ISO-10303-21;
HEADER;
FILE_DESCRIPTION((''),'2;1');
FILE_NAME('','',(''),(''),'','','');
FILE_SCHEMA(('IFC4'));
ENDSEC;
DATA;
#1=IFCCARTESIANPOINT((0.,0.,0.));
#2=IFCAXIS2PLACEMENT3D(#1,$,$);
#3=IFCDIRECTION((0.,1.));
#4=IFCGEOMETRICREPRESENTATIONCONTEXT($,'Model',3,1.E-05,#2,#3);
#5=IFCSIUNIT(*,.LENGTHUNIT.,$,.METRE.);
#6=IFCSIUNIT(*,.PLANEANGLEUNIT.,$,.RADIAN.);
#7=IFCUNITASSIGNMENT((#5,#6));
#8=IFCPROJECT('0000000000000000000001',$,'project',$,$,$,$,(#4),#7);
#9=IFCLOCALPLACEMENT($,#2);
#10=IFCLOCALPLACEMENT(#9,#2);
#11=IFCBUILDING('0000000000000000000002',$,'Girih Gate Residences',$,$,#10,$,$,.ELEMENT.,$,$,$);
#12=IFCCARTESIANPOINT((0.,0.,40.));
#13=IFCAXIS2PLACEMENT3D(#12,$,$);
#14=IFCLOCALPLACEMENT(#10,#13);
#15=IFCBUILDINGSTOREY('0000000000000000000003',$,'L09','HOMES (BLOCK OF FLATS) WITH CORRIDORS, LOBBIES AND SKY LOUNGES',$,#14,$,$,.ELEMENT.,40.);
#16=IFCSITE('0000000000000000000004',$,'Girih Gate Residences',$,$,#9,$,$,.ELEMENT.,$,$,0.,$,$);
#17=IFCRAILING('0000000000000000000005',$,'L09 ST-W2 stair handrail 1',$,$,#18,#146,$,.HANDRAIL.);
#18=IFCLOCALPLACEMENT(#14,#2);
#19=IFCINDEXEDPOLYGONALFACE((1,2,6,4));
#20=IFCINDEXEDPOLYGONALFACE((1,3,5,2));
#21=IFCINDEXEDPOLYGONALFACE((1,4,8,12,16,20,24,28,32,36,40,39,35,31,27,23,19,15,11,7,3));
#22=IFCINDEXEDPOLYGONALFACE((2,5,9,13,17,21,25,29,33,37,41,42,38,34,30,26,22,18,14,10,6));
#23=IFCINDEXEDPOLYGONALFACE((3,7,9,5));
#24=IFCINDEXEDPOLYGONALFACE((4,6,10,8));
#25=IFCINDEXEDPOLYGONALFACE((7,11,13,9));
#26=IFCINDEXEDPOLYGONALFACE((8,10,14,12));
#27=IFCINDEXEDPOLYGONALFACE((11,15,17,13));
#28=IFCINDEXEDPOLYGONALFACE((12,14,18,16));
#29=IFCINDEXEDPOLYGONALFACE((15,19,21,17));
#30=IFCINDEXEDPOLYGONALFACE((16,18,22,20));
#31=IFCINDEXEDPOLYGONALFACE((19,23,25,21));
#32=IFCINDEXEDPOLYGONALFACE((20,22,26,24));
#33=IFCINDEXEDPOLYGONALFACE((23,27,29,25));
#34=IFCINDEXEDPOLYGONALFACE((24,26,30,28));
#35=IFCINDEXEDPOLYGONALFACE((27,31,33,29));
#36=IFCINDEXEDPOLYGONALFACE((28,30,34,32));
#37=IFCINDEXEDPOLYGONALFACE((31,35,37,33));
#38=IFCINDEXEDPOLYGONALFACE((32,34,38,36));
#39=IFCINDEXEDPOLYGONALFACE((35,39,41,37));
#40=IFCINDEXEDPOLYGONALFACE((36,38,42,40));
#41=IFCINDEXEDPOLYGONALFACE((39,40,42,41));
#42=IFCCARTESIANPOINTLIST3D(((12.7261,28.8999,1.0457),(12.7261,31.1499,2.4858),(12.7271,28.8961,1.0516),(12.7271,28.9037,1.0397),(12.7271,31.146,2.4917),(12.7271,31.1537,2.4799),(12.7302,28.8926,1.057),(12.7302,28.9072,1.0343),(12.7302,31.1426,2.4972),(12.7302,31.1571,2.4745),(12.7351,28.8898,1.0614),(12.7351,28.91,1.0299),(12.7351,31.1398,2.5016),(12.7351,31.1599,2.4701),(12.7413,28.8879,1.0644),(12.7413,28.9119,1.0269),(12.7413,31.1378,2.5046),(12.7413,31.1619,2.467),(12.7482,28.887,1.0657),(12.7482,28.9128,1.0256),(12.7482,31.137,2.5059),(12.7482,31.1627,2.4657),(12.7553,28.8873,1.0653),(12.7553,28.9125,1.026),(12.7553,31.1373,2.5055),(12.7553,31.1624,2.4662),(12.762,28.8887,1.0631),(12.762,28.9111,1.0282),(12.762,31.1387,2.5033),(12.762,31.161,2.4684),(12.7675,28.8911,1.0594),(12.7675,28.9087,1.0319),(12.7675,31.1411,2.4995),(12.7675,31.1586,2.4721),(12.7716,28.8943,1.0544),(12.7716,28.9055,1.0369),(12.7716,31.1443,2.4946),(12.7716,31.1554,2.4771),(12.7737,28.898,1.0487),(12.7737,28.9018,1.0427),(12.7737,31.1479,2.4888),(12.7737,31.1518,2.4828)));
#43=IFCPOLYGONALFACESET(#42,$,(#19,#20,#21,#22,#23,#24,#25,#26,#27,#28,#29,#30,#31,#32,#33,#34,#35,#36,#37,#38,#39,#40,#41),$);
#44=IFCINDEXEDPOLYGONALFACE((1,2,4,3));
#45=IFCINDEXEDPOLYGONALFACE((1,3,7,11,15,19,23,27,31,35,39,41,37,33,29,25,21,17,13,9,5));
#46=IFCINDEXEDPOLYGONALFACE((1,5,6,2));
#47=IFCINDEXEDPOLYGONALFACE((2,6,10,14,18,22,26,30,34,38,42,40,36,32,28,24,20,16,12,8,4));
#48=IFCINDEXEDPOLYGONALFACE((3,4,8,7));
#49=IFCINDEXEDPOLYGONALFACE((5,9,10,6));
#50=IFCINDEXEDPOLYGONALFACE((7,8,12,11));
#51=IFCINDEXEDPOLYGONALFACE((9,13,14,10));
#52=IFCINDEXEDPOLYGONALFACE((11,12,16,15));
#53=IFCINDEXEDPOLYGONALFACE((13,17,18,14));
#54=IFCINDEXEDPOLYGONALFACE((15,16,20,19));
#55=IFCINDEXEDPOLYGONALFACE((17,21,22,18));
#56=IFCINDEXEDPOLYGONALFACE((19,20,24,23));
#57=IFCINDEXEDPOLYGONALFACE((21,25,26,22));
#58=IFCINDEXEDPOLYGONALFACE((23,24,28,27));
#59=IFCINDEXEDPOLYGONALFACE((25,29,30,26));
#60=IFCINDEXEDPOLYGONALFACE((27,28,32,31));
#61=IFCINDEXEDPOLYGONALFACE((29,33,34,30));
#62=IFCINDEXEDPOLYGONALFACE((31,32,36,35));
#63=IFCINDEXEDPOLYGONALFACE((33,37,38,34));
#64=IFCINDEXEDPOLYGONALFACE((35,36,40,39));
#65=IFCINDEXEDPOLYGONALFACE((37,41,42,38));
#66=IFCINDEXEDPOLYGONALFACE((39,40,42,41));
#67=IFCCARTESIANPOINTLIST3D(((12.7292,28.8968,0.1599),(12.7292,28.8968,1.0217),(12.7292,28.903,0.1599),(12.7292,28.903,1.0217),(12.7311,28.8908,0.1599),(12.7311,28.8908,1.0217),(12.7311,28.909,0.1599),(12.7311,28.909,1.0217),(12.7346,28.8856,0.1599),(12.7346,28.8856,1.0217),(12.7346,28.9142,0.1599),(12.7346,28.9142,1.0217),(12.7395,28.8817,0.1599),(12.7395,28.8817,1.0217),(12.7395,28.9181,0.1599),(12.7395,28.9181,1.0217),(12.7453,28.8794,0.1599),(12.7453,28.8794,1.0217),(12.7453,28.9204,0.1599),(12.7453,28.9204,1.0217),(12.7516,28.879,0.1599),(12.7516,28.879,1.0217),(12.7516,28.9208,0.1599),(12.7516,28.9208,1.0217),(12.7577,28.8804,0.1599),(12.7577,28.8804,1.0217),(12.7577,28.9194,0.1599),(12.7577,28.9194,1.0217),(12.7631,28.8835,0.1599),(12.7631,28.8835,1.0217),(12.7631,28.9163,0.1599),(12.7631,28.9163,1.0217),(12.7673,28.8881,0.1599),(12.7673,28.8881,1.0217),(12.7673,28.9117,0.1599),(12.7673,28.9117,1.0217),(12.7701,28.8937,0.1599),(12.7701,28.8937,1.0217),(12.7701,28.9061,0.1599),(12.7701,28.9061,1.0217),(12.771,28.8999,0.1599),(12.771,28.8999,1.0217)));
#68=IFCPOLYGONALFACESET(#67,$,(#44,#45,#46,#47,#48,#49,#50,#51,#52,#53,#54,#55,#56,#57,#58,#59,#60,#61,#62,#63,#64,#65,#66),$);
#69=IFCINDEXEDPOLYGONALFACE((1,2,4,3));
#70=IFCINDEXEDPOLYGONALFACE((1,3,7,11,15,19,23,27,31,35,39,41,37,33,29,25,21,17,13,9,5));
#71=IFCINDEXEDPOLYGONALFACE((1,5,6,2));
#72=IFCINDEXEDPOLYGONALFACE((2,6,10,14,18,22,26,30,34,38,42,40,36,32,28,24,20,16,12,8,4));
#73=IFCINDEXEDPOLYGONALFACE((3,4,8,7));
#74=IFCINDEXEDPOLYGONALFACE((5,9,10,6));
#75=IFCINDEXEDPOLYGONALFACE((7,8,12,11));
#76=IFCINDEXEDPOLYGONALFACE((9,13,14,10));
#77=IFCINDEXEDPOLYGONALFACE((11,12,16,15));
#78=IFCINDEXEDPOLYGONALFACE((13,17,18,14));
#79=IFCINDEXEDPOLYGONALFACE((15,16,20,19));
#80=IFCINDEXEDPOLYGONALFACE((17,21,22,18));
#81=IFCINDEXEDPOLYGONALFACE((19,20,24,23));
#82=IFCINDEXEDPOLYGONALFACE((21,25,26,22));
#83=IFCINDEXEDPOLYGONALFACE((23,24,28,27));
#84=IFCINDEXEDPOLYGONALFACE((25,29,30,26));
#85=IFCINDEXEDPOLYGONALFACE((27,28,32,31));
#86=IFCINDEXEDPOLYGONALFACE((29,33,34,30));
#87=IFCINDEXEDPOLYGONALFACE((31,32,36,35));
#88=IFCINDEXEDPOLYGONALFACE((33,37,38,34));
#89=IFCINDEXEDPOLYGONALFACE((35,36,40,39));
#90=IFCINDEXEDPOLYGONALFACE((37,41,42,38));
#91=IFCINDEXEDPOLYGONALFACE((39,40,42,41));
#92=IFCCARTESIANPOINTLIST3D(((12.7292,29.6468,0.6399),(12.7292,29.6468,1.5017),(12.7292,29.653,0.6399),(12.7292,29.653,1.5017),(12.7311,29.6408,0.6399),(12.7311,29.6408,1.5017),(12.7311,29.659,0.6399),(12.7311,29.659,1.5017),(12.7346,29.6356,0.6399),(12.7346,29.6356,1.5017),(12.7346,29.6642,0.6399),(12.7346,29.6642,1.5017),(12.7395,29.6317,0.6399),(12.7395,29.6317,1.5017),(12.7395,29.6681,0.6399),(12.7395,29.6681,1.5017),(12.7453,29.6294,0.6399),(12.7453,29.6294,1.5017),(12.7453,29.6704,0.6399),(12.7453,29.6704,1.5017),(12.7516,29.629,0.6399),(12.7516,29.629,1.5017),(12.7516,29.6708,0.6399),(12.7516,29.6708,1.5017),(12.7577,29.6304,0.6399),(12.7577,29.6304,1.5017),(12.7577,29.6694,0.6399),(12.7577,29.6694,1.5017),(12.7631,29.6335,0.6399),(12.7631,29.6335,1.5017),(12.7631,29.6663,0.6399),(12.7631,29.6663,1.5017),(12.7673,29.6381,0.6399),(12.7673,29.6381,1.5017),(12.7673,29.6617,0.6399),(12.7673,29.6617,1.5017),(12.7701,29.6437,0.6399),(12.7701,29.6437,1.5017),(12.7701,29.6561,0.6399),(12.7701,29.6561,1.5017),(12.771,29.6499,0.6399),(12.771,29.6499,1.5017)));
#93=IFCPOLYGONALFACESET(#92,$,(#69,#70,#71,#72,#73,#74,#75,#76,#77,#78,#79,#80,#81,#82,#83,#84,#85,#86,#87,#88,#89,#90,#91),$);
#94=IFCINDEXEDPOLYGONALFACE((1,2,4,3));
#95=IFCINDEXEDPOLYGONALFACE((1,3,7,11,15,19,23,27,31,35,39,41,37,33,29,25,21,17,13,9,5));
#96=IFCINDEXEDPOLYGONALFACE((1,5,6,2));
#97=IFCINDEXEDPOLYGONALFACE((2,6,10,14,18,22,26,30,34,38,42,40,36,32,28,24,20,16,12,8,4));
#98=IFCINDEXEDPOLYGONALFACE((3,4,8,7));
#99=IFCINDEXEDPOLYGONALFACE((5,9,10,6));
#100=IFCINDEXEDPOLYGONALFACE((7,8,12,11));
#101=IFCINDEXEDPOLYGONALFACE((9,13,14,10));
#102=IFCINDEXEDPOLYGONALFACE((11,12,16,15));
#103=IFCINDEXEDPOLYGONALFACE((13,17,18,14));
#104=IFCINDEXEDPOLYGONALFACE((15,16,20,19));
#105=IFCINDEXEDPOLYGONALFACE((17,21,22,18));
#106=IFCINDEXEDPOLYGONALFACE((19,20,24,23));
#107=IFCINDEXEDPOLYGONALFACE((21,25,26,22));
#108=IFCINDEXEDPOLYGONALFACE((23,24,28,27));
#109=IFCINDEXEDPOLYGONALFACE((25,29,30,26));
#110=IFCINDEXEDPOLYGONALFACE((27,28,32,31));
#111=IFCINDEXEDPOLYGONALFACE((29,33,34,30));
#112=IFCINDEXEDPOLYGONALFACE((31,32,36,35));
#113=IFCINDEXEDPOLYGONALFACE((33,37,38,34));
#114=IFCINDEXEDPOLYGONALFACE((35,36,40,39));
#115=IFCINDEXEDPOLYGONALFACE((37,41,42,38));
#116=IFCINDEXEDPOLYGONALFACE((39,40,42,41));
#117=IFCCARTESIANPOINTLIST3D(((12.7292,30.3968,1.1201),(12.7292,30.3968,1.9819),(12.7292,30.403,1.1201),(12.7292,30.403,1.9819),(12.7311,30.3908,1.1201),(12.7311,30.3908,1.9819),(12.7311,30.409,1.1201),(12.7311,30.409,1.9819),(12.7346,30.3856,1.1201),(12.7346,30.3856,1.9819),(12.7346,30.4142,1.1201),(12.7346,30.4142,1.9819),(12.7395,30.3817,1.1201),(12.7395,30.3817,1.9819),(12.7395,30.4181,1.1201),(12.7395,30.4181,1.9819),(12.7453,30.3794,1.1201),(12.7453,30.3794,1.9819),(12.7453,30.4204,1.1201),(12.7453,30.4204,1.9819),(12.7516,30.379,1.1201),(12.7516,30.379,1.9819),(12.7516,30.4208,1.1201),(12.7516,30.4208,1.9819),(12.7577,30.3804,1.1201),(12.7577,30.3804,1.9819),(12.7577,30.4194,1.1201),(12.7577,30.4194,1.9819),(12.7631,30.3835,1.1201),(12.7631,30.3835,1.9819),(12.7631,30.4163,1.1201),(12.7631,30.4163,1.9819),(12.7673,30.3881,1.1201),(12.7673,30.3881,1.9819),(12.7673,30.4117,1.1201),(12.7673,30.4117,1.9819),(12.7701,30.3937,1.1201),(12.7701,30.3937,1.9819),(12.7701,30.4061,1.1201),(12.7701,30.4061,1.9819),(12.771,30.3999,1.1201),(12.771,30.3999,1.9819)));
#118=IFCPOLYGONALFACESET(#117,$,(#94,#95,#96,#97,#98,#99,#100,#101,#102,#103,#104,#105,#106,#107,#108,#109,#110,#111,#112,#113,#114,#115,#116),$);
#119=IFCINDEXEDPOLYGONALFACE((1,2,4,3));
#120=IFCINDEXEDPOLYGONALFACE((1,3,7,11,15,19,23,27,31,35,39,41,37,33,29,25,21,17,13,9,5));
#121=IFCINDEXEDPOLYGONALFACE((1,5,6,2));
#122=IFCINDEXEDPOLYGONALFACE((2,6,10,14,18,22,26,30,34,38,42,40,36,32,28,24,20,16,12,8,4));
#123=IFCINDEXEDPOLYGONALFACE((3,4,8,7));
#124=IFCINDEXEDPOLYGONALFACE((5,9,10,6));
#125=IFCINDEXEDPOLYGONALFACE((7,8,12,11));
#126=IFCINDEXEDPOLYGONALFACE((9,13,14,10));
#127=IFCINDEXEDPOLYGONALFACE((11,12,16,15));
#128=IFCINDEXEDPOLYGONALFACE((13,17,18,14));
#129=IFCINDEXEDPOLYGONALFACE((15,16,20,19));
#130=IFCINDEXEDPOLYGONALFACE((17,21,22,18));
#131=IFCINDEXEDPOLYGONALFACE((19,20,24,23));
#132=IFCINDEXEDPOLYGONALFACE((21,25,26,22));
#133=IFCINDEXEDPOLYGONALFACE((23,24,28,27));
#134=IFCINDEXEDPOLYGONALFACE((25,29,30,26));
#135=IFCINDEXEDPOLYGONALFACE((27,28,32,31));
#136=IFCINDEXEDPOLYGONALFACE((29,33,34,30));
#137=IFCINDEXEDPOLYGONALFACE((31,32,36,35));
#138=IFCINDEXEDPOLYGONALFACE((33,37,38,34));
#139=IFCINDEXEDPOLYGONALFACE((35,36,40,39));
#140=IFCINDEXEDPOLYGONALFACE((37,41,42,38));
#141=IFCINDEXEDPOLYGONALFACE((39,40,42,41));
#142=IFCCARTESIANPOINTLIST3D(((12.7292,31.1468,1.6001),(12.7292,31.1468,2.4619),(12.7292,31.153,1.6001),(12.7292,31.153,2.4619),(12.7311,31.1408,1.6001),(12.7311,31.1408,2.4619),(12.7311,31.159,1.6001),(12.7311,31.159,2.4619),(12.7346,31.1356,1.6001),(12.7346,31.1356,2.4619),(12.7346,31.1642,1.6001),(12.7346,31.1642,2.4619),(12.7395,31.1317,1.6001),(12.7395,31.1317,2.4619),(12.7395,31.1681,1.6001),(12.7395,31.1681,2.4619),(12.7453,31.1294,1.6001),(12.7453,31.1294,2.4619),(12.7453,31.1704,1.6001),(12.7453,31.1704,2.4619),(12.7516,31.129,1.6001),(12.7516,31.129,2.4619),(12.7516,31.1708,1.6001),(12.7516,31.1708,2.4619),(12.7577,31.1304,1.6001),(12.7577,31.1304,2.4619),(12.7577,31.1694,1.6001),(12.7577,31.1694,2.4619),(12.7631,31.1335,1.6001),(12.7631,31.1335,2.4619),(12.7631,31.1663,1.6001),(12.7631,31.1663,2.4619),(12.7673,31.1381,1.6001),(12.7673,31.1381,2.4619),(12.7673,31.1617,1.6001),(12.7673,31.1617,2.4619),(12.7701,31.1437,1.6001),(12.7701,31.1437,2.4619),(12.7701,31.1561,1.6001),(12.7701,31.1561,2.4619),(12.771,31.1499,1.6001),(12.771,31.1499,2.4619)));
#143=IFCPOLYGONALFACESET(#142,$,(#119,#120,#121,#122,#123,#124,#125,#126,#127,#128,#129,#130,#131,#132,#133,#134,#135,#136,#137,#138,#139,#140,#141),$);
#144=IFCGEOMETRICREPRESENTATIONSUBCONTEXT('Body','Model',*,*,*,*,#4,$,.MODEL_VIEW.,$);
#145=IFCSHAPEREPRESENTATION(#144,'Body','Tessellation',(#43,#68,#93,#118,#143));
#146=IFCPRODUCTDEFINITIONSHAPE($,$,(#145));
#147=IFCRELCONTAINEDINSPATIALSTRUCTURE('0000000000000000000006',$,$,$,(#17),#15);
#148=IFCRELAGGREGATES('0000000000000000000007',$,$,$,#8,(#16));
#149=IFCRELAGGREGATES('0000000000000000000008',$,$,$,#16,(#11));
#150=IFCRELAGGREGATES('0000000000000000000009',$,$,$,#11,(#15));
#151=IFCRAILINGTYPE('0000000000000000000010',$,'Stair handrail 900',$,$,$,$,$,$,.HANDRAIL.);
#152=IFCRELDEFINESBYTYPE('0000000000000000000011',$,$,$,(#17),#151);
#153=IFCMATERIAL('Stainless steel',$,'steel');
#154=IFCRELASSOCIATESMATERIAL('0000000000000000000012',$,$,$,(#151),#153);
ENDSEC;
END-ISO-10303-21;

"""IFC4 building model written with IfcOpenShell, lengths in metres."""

from ifc_helpers import new_model, si_unit, direction, frame, origin, origin_2d, place, context, subcontext, project, spatial, circle, extrude, material, type_object, element, save


model = new_model("IFC4")

# Units and contexts
model_context = context("Model", 3, precision=1e-05, world=origin(), true_north=direction((0.0, 1.0)))
body_context = subcontext(model_context, "Body", "Model", "MODEL_VIEW")
ifc_project = project(units=[si_unit("LENGTHUNIT", "METRE"), si_unit("PLANEANGLEUNIT", "RADIAN")], contexts=[model_context])

# Site, building, storey
site_placement = place(None, origin())
site = spatial("IfcSite", under=ifc_project, at=site_placement, Name="Girih Gate Residences", CompositionType="ELEMENT", RefElevation=0.0)
building_placement = place(site_placement, origin())
building = spatial("IfcBuilding", under=site, at=building_placement, Name="Girih Gate Residences", CompositionType="ELEMENT")
storey_placement = place(building_placement, frame((0.0, 0.0, 40.0)))
storey = spatial("IfcBuildingStorey", under=building, at=storey_placement, Name="L09", Description="HOMES (BLOCK OF FLATS) WITH CORRIDORS, LOBBIES AND SKY LOUNGES", CompositionType="ELEMENT", Elevation=40.0)

# Railing
ifc_material_1 = material(Name="Stainless steel", Category="steel")
railing_type_1 = type_object("IfcRailingType", Name="Stair handrail 900", PredefinedType="HANDRAIL", material=ifc_material_1)
railing_1_placement = place(storey_placement, frame((12.75, 28.8999, 0.1599)))
element("IfcRailing", 1, at=railing_1_placement, inside=storey, type_object=railing_type_1, Name="L09 ST-W2 stair handrail 1", PredefinedType="HANDRAIL", context=body_context, shape_type="SweptSolid", body=[
    extrude(circle(Radius=0.0239, at=origin_2d()), frame((0.0, 0.0, 0.8857), z_axis=(0.0, 0.84224, 0.539103), x_axis=(-1.0, 0.0, 0.0)), (0.0, 0.0, 1.0), 2.6714),
    extrude(circle(Radius=0.021, at=origin_2d()), origin(), (0.0, 0.0, 1.0), 0.8618),
    extrude(circle(Radius=0.021, at=origin_2d()), frame((0.0, 0.75, 0.48)), (0.0, 0.0, 1.0), 0.8618),
    extrude(circle(Radius=0.021, at=origin_2d()), frame((0.0, 1.5, 0.9602)), (0.0, 0.0, 1.0), 0.8618),
    extrude(circle(Radius=0.021, at=origin_2d()), frame((0.0, 2.25, 1.4402)), (0.0, 0.0, 1.0), 0.8618),
])

save(model, "model.ifc")
